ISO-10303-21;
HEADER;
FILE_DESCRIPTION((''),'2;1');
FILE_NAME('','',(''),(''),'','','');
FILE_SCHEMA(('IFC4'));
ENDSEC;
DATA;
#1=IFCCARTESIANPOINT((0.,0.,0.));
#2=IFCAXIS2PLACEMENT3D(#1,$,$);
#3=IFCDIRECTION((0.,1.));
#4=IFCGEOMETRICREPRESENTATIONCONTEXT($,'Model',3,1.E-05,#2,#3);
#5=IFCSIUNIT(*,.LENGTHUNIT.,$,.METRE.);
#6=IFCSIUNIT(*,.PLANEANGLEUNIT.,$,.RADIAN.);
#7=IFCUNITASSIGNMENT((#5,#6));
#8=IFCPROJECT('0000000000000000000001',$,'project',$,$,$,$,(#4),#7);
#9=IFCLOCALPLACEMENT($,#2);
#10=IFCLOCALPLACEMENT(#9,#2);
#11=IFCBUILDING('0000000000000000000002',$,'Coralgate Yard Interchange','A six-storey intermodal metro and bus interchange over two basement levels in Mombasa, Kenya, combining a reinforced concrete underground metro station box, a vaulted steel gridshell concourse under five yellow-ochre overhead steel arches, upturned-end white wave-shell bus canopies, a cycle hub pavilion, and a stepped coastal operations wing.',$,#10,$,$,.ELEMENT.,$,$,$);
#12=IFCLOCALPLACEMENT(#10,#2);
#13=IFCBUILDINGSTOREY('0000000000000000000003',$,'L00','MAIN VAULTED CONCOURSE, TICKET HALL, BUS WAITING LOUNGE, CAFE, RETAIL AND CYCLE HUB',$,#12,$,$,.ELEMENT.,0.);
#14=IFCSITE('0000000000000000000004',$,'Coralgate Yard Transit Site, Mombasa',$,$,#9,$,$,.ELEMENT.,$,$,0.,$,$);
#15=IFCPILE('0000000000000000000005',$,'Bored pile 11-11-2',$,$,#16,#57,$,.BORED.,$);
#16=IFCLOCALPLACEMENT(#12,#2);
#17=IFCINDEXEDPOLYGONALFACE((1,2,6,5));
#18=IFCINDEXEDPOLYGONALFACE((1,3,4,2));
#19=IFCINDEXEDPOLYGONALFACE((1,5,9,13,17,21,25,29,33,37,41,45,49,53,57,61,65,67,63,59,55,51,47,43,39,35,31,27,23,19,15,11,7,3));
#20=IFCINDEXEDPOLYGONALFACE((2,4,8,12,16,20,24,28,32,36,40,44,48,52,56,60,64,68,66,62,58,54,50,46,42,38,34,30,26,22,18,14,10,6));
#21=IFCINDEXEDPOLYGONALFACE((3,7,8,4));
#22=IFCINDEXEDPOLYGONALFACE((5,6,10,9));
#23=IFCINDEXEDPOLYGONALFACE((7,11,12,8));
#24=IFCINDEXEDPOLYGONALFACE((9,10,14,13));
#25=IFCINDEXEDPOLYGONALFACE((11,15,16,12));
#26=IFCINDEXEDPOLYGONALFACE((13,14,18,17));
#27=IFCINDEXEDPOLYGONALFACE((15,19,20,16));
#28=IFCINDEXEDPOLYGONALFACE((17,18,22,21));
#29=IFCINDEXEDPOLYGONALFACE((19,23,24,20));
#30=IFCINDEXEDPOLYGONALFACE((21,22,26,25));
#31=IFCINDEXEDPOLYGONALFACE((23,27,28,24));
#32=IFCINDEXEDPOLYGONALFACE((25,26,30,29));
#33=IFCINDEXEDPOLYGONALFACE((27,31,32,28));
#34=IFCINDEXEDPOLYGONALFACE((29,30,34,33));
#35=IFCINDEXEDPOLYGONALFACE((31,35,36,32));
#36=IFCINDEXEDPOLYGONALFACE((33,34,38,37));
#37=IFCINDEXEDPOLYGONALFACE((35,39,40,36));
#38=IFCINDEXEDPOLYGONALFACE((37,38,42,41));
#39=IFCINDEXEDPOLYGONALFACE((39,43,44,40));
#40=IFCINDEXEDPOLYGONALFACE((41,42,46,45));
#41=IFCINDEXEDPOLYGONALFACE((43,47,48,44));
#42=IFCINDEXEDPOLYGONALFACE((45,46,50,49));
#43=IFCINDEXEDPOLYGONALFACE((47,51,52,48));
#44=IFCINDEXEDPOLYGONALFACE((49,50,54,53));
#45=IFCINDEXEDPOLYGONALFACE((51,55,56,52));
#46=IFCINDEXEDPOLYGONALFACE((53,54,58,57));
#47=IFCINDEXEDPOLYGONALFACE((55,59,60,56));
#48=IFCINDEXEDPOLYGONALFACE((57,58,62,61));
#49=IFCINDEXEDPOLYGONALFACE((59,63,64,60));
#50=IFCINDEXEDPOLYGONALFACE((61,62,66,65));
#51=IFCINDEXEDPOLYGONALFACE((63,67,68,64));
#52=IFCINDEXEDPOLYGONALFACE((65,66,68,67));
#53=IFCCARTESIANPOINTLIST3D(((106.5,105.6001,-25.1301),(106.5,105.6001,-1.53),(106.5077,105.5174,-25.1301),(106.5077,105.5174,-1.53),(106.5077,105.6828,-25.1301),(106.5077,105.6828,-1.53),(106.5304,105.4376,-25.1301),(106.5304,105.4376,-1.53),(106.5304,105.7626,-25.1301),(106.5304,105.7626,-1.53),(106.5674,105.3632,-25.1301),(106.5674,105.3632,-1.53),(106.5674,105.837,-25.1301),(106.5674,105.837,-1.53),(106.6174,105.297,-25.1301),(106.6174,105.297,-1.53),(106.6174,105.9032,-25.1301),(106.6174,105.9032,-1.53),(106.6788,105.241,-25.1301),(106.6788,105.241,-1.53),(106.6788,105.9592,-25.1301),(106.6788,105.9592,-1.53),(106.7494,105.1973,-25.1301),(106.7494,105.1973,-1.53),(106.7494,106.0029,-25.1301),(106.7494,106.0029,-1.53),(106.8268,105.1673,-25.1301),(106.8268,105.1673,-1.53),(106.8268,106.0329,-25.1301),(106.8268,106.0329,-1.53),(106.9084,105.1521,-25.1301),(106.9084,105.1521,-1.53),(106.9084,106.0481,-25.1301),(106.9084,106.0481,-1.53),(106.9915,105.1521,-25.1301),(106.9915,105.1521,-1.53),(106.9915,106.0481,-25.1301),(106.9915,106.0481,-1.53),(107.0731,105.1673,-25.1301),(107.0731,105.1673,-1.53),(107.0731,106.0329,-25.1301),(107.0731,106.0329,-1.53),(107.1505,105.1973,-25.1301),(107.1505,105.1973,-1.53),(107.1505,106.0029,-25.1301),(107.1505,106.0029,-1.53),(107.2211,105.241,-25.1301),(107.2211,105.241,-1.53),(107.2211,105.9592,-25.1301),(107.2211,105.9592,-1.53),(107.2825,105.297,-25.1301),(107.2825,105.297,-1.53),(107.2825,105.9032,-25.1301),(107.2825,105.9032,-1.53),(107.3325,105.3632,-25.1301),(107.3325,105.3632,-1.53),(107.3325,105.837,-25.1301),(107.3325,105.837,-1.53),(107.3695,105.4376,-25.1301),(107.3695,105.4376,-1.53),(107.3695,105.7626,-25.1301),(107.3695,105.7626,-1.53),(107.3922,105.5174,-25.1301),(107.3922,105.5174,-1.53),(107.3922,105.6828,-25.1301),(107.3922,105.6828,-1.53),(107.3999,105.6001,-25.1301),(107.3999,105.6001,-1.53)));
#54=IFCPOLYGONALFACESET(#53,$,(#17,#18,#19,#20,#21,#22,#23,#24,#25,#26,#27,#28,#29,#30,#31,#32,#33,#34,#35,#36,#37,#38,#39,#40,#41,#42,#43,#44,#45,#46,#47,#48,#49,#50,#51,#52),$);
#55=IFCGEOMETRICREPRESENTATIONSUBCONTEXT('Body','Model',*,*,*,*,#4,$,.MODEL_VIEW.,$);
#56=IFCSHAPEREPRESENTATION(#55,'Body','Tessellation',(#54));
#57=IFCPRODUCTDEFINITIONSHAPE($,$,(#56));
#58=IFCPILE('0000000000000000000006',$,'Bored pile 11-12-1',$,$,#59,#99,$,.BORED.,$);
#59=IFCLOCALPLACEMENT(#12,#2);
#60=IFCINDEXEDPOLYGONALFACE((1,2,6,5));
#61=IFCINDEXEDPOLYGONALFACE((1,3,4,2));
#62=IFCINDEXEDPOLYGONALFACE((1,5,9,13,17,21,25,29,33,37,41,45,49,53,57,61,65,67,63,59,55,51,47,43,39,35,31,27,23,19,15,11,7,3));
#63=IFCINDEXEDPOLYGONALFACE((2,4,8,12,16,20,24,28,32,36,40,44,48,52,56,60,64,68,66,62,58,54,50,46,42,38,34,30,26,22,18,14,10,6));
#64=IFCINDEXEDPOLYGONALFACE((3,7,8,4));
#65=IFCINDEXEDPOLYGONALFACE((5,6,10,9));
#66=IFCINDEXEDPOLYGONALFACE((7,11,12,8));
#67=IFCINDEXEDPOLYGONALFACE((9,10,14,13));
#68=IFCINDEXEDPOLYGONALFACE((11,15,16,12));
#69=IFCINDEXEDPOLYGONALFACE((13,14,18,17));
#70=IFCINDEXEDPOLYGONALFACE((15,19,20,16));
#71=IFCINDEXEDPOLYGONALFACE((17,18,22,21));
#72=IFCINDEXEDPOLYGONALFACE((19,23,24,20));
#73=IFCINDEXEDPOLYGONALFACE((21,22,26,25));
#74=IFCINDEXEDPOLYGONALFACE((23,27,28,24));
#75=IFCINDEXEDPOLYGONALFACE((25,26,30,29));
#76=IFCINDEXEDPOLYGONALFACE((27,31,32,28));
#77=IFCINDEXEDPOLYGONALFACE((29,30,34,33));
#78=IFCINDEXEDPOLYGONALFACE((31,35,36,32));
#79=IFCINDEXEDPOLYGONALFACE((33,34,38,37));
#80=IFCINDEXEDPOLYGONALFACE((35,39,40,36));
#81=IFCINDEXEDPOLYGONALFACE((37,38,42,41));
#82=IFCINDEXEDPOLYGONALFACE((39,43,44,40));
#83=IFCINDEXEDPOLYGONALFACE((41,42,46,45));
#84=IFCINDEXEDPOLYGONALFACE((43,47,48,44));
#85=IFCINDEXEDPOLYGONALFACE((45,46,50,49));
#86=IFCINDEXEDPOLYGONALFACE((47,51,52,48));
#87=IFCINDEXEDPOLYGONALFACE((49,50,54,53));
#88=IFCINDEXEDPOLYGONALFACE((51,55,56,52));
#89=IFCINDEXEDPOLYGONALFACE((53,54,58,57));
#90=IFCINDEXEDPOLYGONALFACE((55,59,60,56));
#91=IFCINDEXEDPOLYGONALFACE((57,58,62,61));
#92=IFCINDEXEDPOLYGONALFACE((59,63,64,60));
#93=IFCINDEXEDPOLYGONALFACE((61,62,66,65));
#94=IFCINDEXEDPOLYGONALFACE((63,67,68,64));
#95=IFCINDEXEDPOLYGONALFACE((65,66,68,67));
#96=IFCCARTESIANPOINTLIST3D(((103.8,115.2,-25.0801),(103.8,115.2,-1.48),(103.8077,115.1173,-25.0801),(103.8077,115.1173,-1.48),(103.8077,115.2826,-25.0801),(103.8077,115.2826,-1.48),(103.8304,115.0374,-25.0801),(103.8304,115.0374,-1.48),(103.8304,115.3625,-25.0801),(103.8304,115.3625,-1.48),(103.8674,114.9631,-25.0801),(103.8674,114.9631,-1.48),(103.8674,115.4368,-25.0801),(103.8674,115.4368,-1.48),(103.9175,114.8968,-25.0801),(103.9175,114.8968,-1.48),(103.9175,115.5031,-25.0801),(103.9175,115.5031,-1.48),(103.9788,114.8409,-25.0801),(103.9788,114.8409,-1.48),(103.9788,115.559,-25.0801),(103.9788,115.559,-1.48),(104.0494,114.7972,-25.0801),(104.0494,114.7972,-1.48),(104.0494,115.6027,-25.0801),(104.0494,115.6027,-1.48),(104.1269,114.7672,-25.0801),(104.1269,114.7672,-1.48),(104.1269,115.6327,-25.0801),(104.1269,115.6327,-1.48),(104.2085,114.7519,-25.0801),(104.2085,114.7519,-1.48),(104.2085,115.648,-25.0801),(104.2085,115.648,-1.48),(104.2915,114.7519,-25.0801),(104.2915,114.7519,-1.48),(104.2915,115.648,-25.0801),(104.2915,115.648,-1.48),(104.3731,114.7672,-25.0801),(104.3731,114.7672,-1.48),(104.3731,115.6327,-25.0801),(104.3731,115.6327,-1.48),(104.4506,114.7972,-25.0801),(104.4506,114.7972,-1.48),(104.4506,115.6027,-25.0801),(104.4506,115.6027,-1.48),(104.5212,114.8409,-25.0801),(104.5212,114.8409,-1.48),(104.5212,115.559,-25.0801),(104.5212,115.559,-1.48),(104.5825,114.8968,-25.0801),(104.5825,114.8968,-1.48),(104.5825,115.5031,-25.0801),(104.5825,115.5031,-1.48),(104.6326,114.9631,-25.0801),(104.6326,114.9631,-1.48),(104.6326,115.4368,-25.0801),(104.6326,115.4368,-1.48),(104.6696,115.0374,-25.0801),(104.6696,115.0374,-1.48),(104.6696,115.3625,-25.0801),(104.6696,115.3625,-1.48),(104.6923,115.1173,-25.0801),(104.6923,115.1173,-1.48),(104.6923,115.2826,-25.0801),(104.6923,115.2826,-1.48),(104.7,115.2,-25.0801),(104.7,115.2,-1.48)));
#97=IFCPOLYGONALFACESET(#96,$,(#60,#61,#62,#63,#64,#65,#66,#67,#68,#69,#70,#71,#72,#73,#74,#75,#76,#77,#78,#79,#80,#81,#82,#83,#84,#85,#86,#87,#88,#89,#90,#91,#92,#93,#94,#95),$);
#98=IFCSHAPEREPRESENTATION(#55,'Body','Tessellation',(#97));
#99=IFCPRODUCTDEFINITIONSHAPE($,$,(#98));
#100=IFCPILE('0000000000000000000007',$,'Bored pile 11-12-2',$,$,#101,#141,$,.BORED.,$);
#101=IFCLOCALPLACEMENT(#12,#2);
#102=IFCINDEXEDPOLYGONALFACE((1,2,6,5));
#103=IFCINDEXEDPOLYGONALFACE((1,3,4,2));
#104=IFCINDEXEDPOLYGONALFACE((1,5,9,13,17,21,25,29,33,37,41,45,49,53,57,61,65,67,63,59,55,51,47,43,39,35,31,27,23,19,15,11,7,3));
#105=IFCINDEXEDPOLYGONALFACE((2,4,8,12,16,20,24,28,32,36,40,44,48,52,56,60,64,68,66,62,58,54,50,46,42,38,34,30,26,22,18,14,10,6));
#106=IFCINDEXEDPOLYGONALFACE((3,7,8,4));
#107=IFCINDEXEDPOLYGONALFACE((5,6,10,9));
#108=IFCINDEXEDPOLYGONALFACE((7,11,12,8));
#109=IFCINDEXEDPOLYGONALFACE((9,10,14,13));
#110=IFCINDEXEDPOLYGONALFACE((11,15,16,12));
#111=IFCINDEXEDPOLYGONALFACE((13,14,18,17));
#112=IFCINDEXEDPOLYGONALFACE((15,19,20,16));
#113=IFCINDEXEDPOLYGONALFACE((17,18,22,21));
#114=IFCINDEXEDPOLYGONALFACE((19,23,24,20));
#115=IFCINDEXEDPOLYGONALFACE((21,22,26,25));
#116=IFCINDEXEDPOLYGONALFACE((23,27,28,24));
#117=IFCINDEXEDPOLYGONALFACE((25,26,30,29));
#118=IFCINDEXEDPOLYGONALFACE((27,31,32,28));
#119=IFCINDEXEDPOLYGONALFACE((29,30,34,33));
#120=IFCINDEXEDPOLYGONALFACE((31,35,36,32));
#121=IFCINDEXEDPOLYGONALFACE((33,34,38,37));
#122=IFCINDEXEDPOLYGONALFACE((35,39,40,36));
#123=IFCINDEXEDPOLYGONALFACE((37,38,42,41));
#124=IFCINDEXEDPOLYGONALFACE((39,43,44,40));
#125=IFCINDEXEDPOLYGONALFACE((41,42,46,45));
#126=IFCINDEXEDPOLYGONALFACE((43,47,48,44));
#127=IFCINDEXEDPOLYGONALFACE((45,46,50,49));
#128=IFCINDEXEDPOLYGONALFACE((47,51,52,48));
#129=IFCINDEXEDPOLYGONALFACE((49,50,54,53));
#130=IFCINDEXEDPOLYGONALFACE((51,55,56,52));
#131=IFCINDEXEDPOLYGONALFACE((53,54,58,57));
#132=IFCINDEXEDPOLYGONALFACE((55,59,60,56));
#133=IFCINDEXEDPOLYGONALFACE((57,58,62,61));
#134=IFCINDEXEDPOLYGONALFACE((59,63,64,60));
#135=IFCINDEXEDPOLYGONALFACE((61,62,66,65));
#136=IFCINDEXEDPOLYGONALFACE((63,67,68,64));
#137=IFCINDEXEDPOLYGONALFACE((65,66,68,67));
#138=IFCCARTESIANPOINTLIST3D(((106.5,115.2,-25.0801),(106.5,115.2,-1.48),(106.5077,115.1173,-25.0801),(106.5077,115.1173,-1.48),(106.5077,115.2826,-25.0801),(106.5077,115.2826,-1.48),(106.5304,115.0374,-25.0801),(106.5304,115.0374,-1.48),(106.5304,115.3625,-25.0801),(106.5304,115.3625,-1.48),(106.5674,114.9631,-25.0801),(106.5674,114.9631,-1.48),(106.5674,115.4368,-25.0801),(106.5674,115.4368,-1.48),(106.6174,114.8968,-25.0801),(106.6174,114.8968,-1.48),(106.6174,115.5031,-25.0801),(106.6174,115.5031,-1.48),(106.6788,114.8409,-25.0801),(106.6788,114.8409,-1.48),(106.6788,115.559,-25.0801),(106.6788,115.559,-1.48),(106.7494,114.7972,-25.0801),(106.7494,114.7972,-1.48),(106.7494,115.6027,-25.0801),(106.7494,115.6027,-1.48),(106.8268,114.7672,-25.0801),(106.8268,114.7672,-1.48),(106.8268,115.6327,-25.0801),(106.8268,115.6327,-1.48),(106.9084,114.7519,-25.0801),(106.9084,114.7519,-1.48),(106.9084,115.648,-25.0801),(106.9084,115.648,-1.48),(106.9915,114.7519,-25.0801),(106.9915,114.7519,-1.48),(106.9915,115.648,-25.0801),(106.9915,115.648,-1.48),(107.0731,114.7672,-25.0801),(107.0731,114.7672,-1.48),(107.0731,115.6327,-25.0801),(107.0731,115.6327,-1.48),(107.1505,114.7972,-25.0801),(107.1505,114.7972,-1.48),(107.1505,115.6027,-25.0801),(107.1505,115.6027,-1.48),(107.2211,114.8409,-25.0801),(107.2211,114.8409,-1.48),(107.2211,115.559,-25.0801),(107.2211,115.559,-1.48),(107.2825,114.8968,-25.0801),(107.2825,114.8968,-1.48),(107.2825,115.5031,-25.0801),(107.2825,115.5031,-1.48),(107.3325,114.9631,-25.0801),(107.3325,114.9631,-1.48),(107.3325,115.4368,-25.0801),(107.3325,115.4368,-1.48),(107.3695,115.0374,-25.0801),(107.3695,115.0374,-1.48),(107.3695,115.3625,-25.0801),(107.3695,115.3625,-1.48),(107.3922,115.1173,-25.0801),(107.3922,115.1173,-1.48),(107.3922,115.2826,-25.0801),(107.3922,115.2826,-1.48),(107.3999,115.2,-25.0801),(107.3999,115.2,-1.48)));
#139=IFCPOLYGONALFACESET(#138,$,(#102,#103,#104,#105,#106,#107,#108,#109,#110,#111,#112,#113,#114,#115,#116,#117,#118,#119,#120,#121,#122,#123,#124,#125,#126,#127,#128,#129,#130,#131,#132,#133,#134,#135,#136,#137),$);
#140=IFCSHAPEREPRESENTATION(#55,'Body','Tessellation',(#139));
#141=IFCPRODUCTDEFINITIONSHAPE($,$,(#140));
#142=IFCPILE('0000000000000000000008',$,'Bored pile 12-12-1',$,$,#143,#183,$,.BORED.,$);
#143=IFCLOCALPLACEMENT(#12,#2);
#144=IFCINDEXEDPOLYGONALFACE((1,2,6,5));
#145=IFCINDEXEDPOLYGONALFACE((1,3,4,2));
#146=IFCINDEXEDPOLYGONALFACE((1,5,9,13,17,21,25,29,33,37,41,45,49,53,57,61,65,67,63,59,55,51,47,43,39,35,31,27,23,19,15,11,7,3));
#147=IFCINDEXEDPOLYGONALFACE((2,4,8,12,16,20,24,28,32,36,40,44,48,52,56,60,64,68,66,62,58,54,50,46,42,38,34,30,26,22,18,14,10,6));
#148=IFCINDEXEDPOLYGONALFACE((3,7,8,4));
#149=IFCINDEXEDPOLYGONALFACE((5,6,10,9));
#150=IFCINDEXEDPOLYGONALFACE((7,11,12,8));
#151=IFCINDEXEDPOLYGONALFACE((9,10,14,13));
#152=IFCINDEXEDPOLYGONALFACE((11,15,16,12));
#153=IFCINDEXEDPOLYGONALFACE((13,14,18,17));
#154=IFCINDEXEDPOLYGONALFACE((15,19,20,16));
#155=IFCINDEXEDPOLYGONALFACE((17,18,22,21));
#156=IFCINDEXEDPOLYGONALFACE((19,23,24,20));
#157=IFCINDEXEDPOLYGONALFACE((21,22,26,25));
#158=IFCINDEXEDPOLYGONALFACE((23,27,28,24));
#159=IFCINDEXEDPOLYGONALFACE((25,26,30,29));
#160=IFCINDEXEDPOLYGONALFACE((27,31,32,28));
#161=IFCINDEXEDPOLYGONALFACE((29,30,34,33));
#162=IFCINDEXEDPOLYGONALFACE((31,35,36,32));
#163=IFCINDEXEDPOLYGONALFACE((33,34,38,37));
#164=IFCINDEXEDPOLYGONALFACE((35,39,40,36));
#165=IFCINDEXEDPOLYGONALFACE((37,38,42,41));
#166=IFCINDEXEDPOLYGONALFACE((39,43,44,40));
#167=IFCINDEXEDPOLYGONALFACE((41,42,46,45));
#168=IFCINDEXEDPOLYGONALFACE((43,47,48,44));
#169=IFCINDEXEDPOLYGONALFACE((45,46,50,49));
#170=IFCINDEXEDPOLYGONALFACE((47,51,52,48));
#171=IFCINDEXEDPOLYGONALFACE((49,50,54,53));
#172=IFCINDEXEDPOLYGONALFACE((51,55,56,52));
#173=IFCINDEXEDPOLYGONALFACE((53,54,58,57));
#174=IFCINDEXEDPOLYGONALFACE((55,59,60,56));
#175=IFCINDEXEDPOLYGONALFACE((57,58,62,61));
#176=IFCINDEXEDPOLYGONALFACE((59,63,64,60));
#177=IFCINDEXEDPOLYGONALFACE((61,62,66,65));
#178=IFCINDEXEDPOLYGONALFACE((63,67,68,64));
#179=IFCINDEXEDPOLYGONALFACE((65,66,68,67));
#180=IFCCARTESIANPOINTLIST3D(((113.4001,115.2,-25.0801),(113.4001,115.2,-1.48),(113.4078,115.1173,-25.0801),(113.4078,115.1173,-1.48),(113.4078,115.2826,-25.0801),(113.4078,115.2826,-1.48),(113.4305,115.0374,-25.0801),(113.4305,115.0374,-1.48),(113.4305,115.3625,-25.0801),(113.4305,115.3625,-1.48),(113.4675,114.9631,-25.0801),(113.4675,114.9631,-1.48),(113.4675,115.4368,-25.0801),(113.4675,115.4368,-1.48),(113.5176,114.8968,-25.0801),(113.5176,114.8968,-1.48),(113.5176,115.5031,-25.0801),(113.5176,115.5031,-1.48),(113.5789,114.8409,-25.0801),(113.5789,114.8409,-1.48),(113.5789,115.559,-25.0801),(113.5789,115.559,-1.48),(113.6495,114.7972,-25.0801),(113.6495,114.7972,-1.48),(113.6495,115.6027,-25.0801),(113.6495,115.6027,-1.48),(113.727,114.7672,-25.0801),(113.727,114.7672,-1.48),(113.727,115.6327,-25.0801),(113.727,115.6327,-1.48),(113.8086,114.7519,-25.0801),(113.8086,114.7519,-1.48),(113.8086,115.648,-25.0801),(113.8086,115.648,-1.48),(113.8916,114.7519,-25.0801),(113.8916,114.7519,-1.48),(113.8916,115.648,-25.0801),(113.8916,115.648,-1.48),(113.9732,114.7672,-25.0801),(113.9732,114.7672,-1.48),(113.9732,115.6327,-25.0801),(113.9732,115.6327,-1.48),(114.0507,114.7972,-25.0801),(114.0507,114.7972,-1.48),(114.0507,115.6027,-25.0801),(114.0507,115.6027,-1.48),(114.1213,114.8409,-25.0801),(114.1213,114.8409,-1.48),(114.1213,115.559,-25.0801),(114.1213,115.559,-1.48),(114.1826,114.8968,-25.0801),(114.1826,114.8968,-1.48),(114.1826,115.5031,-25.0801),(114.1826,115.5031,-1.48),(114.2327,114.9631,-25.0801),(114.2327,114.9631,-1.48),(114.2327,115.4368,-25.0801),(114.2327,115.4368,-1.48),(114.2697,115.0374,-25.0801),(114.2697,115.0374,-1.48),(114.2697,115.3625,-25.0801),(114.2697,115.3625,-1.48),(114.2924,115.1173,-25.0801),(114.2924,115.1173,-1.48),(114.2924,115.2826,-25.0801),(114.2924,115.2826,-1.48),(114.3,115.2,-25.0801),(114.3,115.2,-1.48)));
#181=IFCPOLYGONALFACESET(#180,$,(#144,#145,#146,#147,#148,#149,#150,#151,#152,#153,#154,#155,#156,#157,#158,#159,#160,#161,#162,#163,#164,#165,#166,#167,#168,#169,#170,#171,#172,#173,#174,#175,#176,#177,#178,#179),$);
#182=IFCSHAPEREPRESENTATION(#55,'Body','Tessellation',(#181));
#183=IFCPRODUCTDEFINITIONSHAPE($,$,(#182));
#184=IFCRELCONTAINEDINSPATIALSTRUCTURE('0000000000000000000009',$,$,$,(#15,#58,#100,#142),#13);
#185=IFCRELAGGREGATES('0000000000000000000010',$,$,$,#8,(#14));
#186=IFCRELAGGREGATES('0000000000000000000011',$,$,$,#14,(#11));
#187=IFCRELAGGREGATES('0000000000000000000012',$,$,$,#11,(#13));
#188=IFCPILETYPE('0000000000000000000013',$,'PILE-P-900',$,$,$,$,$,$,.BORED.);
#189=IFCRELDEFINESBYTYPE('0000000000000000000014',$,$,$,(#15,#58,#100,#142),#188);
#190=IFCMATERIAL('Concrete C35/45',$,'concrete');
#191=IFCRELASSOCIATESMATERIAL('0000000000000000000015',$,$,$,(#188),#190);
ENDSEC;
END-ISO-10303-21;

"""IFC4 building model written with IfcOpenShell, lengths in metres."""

from ifc_helpers import new_model, si_unit, direction, frame, origin, origin_2d, place, context, subcontext, project, spatial, circle, extrude, material, material_profile, profile_set, type_object, element, save


model = new_model("IFC4")

# Units and contexts
model_context = context("Model", 3, precision=1e-05, world=origin(), true_north=direction((0.0, 1.0)))
body_context = subcontext(model_context, "Body", "Model", "MODEL_VIEW")
ifc_project = project(units=[si_unit("LENGTHUNIT", "METRE"), si_unit("PLANEANGLEUNIT", "RADIAN")], contexts=[model_context])

# Site, building, storey
site_placement = place(None, origin())
site = spatial("IfcSite", under=ifc_project, at=site_placement, Name="Coralgate Yard Transit Site, Mombasa", CompositionType="ELEMENT", RefElevation=0.0)
building_placement = place(site_placement, origin())
building = spatial("IfcBuilding", under=site, at=building_placement, Name="Coralgate Yard Interchange", Description="A six-storey intermodal metro and bus interchange over two basement levels in Mombasa, Kenya, combining a reinforced concrete underground metro station box, a vaulted steel gridshell concourse under five yellow-ochre overhead steel arches, upturned-end white wave-shell bus canopies, a cycle hub pavilion, and a stepped coastal operations wing.", CompositionType="ELEMENT")
storey_placement = place(building_placement, origin())
storey = spatial("IfcBuildingStorey", under=building, at=storey_placement, Name="L00", Description="MAIN VAULTED CONCOURSE, TICKET HALL, BUS WAITING LOUNGE, CAFE, RETAIL AND CYCLE HUB", CompositionType="ELEMENT", Elevation=0.0)

# Piles
ifc_material_1 = material(Name="Concrete C35/45", Category="concrete")
ifc_material_profile_1 = material_profile(ifc_material_1, circle(Radius=0.45, at=origin_2d()), Name="BORED PILE D900")
ifc_profile_set_1 = profile_set([ifc_material_profile_1], Name="Concrete C35/45")
pile_type = type_object("IfcPileType", Name="PILE-P-900", PredefinedType="BORED", material=ifc_profile_set_1)
for number, where, z_axis, x_axis, name in (
    (1, (106.95, 105.6001, -1.53), (0.0, 0.0, -1.0), (1.0, 0.0, 0.0), "Bored pile 11-11-2"),
    (2, (104.25, 115.2, -1.48), (0.0, 0.0, -1.0), (1.0, 0.0, 0.0), "Bored pile 11-12-1"),
    (3, (106.95, 115.2, -1.48), (0.0, 0.0, -1.0), (1.0, 0.0, 0.0), "Bored pile 11-12-2"),
    (4, (113.8501, 115.2, -1.48), (0.0, 0.0, -1.0), (1.0, 0.0, 0.0), "Bored pile 12-12-1"),
):
    element("IfcPile", number, at=place(storey_placement, frame(where, z_axis=z_axis, x_axis=x_axis)), inside=storey, type_object=pile_type, Name=name, PredefinedType="BORED", context=body_context, shape_type="SweptSolid", body=[
        extrude(circle(Radius=0.45, at=origin_2d()), origin(), (0.0, 0.0, 1.0), 23.6001),
    ])

save(model, "model.ifc")
